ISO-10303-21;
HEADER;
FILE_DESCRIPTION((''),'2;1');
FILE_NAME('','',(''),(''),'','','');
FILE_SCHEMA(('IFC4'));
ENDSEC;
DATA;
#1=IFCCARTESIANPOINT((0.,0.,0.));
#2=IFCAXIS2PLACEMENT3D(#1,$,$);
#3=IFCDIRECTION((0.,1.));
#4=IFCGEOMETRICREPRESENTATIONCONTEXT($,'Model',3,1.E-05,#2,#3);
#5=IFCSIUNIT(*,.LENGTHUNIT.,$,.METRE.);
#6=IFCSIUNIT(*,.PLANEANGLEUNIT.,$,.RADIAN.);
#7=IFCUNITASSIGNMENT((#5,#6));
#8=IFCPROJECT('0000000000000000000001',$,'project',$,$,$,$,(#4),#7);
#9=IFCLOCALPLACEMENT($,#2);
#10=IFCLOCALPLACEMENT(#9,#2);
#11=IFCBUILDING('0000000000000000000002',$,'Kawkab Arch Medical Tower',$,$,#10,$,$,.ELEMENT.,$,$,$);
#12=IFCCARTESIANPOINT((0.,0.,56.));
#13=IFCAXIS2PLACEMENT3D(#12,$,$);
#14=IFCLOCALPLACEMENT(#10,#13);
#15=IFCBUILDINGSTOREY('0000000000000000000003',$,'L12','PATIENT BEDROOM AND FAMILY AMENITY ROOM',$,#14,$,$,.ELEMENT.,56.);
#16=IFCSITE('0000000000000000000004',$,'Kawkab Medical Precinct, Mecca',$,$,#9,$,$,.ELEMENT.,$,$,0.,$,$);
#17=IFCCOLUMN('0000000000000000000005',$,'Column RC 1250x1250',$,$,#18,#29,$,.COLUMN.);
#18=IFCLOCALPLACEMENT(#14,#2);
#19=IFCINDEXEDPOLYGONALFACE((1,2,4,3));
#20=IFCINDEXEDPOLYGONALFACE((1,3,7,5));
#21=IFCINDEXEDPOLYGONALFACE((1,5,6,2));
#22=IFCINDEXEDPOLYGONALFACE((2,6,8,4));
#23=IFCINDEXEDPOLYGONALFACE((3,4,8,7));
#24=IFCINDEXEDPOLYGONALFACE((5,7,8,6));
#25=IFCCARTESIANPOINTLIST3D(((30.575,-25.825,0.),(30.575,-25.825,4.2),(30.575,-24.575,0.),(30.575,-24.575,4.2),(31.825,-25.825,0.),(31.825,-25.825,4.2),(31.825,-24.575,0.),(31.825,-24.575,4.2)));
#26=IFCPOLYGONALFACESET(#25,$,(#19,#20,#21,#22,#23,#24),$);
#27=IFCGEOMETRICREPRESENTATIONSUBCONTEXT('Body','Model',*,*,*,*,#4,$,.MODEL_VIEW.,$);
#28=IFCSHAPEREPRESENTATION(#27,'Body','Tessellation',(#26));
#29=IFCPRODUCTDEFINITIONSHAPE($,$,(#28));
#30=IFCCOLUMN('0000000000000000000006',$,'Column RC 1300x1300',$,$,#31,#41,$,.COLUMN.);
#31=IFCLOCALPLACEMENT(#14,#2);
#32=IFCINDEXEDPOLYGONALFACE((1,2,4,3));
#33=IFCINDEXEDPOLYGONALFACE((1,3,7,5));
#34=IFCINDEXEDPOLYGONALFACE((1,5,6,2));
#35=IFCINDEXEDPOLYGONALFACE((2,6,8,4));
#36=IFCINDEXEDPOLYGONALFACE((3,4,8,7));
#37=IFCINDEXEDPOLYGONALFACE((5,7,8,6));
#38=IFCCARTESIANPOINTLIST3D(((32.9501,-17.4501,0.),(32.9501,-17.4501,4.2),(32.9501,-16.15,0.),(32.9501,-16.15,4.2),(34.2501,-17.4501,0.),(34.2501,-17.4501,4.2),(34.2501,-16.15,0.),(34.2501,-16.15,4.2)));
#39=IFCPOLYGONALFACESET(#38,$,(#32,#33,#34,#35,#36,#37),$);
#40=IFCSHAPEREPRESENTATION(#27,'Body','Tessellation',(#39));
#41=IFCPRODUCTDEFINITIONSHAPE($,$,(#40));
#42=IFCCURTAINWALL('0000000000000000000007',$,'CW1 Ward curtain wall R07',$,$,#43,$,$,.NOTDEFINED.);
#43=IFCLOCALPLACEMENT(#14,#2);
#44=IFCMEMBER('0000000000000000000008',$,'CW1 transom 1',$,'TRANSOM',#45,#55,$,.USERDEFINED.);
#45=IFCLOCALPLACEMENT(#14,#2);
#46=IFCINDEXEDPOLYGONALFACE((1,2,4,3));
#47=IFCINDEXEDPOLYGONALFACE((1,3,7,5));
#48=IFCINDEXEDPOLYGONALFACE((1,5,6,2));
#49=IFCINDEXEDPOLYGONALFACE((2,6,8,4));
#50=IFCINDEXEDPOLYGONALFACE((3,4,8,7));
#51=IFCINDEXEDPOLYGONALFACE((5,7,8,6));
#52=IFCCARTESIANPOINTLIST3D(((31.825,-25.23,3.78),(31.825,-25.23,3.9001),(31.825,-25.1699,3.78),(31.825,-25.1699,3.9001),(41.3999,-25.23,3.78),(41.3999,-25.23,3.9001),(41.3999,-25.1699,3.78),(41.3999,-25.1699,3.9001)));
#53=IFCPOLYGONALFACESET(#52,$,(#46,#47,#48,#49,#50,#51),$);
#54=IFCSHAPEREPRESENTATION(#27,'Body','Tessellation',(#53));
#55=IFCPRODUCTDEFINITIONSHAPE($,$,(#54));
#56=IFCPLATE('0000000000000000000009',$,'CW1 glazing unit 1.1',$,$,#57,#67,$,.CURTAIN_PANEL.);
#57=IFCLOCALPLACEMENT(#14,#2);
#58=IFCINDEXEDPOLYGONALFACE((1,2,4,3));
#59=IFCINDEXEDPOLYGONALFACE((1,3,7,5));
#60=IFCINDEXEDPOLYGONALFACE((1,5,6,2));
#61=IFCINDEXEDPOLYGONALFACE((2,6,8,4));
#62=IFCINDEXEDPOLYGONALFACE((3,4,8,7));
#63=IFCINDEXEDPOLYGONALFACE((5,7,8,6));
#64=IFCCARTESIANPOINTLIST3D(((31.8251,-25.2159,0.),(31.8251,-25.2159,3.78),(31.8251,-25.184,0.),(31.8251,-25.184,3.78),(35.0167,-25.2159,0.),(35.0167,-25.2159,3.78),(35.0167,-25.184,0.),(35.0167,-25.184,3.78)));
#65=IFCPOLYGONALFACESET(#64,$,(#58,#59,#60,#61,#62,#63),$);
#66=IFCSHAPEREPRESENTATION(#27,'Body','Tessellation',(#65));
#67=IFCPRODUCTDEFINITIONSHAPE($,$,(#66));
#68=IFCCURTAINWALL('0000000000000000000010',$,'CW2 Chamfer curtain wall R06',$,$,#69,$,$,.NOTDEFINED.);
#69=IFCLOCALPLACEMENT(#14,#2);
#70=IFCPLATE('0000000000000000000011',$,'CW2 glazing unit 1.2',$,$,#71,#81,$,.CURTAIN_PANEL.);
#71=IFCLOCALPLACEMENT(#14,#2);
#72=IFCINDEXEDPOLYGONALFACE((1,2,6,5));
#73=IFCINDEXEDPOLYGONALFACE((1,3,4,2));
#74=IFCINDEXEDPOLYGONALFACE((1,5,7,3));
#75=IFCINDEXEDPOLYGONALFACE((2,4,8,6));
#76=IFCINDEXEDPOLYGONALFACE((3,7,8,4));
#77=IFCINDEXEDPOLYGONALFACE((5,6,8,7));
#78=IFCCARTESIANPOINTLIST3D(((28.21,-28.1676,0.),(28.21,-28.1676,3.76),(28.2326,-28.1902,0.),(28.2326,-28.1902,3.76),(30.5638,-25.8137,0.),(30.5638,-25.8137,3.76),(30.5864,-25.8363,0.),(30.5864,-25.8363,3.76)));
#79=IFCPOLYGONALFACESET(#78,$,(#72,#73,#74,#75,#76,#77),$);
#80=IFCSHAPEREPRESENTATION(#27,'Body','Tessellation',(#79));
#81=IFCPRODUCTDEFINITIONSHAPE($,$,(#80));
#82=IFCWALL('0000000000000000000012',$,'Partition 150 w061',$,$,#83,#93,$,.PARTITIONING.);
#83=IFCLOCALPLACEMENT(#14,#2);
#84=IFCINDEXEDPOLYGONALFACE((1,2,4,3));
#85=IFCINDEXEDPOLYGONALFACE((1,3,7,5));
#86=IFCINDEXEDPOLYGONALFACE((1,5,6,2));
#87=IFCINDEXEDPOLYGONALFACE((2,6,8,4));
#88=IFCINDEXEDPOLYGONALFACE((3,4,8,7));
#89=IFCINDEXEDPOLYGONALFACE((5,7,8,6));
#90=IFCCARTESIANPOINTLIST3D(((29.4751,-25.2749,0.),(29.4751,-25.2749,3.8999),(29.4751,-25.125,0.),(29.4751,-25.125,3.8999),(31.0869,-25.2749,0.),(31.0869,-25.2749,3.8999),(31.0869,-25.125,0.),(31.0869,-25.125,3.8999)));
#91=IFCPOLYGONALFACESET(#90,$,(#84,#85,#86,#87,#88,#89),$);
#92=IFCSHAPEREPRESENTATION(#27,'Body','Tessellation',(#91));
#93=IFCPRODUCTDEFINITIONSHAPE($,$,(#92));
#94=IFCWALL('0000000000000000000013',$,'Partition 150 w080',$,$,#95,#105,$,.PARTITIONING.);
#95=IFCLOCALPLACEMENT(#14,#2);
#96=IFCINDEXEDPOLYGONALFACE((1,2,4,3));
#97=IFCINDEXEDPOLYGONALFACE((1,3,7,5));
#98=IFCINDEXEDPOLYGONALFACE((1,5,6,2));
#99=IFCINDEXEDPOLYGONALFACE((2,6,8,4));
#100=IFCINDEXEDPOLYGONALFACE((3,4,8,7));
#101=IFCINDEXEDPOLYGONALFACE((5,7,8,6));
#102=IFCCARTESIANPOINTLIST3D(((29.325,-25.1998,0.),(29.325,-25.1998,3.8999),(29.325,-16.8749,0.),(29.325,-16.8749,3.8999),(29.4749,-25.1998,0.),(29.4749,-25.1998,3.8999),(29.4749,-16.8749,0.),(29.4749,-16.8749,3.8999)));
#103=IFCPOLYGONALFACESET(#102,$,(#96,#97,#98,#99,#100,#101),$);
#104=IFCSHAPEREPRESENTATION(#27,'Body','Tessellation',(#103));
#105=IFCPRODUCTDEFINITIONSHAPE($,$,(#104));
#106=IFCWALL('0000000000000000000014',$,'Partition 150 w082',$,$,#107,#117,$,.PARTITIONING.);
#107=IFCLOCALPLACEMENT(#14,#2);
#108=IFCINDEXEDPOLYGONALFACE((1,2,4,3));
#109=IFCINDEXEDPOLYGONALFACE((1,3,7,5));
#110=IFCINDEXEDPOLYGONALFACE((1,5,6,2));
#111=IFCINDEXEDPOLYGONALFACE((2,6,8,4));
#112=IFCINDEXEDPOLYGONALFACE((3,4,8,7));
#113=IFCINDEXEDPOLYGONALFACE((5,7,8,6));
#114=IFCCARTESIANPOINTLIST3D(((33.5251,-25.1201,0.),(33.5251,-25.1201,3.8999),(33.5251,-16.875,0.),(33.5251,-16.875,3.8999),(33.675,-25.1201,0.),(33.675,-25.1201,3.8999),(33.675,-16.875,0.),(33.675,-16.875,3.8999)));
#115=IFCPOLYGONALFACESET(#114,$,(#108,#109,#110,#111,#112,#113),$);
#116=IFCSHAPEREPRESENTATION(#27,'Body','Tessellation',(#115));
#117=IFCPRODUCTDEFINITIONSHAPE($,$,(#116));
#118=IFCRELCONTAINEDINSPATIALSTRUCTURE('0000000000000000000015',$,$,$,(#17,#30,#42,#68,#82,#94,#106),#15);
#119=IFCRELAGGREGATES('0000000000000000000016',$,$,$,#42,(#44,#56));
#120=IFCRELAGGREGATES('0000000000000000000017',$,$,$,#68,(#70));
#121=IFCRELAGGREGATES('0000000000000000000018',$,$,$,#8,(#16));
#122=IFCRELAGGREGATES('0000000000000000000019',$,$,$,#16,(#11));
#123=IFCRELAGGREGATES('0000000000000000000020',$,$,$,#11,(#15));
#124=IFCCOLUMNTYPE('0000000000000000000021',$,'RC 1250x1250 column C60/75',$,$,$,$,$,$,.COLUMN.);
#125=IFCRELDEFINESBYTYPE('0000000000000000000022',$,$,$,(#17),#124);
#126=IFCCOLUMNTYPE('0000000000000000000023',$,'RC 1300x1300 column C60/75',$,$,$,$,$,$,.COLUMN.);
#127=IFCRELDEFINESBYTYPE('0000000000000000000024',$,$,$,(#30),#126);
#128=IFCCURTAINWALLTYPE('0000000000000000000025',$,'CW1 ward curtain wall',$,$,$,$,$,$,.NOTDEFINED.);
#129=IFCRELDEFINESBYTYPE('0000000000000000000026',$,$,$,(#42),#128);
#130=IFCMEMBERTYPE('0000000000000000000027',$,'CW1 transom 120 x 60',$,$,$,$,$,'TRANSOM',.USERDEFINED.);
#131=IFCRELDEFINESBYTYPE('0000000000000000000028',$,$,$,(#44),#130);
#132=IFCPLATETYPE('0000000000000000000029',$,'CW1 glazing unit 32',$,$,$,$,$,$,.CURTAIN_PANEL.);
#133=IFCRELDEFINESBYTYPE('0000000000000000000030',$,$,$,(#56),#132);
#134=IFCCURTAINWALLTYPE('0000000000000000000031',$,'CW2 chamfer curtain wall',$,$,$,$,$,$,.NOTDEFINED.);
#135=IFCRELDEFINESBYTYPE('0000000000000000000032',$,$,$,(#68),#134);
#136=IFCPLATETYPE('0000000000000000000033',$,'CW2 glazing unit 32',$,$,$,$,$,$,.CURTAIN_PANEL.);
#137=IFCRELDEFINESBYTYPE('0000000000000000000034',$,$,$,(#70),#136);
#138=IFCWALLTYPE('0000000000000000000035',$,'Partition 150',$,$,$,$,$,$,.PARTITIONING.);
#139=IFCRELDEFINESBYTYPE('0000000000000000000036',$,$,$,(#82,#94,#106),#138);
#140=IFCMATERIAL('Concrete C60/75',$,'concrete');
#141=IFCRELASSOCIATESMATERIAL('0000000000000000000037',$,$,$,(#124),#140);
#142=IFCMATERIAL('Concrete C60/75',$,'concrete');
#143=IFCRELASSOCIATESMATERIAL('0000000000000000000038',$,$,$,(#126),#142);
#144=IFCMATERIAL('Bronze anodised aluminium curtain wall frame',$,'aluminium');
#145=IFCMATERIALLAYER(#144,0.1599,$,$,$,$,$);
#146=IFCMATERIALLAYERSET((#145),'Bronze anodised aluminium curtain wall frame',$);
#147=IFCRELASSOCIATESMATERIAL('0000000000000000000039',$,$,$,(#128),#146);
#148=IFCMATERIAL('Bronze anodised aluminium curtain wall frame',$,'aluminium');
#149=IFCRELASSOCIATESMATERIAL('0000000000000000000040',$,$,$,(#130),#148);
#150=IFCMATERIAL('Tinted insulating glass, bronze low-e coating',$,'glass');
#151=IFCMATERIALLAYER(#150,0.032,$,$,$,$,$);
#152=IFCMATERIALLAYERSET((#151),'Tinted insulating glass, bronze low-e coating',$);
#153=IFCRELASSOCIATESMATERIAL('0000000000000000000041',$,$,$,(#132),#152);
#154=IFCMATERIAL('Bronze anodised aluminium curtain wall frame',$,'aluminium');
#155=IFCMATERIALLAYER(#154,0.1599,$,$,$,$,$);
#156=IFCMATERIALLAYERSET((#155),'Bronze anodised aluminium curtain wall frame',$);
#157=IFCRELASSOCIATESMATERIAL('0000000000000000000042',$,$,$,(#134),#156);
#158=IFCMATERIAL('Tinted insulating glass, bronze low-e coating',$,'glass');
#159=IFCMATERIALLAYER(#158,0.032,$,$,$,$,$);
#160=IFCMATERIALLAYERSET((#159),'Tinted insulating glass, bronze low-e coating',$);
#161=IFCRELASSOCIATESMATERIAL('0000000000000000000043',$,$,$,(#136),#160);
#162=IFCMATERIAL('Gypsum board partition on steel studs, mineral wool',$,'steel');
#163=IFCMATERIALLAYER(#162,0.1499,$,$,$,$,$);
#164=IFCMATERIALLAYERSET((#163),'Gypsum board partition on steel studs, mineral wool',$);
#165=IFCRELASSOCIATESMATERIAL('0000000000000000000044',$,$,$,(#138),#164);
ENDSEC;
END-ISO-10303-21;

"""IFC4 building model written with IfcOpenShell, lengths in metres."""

from ifc_helpers import new_model, si_unit, direction, frame, frame_2d, origin, origin_2d, place, context, subcontext, project, spatial, rectangle, extrude, material, layer, layer_set, material_profile, profile_set, type_object, element, aggregate, save


model = new_model("IFC4")

# Units and contexts
model_context = context("Model", 3, precision=1e-05, world=origin(), true_north=direction((0.0, 1.0)))
body_context = subcontext(model_context, "Body", "Model", "MODEL_VIEW")
ifc_project = project(units=[si_unit("LENGTHUNIT", "METRE"), si_unit("PLANEANGLEUNIT", "RADIAN")], contexts=[model_context])

# Site, building, storey
site_placement = place(None, origin())
site = spatial("IfcSite", under=ifc_project, at=site_placement, Name="Kawkab Medical Precinct, Mecca", CompositionType="ELEMENT", RefElevation=0.0)
building_placement = place(site_placement, origin())
building = spatial("IfcBuilding", under=site, at=building_placement, Name="Kawkab Arch Medical Tower", CompositionType="ELEMENT")
storey_placement = place(building_placement, frame((0.0, 0.0, 56.0)))
storey = spatial("IfcBuildingStorey", under=building, at=storey_placement, Name="L12", Description="PATIENT BEDROOM AND FAMILY AMENITY ROOM", CompositionType="ELEMENT", Elevation=56.0)

# Columns
ifc_material_1 = material(Name="Concrete C60/75", Category="concrete")
ifc_material_profile_1 = material_profile(ifc_material_1, rectangle(XDim=1.25, YDim=1.25, at=origin_2d()), Name="RC 1250x1250")
ifc_profile_set_1 = profile_set([ifc_material_profile_1], Name="Concrete C60/75")
column_type_1 = type_object("IfcColumnType", Name="RC 1250x1250 column C60/75", PredefinedType="COLUMN", material=ifc_profile_set_1)
column_1_placement = place(storey_placement, frame((31.2, -25.2, 0.0), z_axis=(0.0, 0.0, 1.0), x_axis=(1.0, 0.0, 0.0)))
element("IfcColumn", 1, at=column_1_placement, inside=storey, type_object=column_type_1, Name="Column RC 1250x1250", PredefinedType="COLUMN", context=body_context, shape_type="SweptSolid", body=[
    extrude(rectangle(XDim=1.25, YDim=1.25, at=origin_2d()), origin(), (0.0, 0.0, 1.0), 4.2),
])
ifc_material_2 = material(Name="Concrete C60/75", Category="concrete")
ifc_material_profile_2 = material_profile(ifc_material_2, rectangle(XDim=1.3, YDim=1.3, at=origin_2d()), Name="RC 1300x1300")
ifc_profile_set_2 = profile_set([ifc_material_profile_2], Name="Concrete C60/75")
column_type_2 = type_object("IfcColumnType", Name="RC 1300x1300 column C60/75", PredefinedType="COLUMN", material=ifc_profile_set_2)
column_2_placement = place(storey_placement, frame((33.6001, -16.8, 0.0), z_axis=(0.0, 0.0, 1.0), x_axis=(1.0, 0.0, 0.0)))
element("IfcColumn", 2, at=column_2_placement, inside=storey, type_object=column_type_2, Name="Column RC 1300x1300", PredefinedType="COLUMN", context=body_context, shape_type="SweptSolid", body=[
    extrude(rectangle(XDim=1.3, YDim=1.3, at=origin_2d()), origin(), (0.0, 0.0, 1.0), 4.2),
])

# Curtain wall, member, plate
ifc_material_3 = material(Name="Bronze anodised aluminium curtain wall frame", Category="aluminium")
ifc_layer_1 = layer(ifc_material_3, 0.1599)
ifc_layer_set_1 = layer_set([ifc_layer_1], Name="Bronze anodised aluminium curtain wall frame")
curtain_wall_type_1 = type_object("IfcCurtainWallType", Name="CW1 ward curtain wall", PredefinedType="NOTDEFINED", material=ifc_layer_set_1)
placement = place(storey_placement, origin())
curtain_wall_1 = element("IfcCurtainWall", 3, at=placement, inside=storey, type_object=curtain_wall_type_1, Name="CW1 Ward curtain wall R07", PredefinedType="NOTDEFINED")
ifc_material_4 = material(Name="Bronze anodised aluminium curtain wall frame", Category="aluminium")
ifc_material_profile_3 = material_profile(ifc_material_4, rectangle(XDim=0.0601, YDim=0.1201, at=origin_2d()), Name="AL 60x120")
ifc_profile_set_3 = profile_set([ifc_material_profile_3], Name="Bronze anodised aluminium curtain wall frame")
member_type = type_object("IfcMemberType", Name="CW1 transom 120 x 60", ElementType="TRANSOM", PredefinedType="USERDEFINED", material=ifc_profile_set_3)
member_placement = place(storey_placement, frame((31.825, -25.2, 3.8401), z_axis=(1.0, 0.0, 0.0), x_axis=(0.0, 1.0, 0.0)))
member = element("IfcMember", 4, at=member_placement, type_object=member_type, Name="CW1 transom 1", ObjectType="TRANSOM", PredefinedType="USERDEFINED", context=body_context, shape_type="SweptSolid", body=[
    extrude(rectangle(XDim=0.0601, YDim=0.1201, at=origin_2d()), origin(), (0.0, 0.0, 1.0), 9.575),
])
ifc_material_5 = material(Name="Tinted insulating glass, bronze low-e coating", Category="glass")
ifc_layer_2 = layer(ifc_material_5, 0.032)
ifc_layer_set_2 = layer_set([ifc_layer_2], Name="Tinted insulating glass, bronze low-e coating")
plate_type_1 = type_object("IfcPlateType", Name="CW1 glazing unit 32", PredefinedType="CURTAIN_PANEL", material=ifc_layer_set_2)
plate_1_placement = place(storey_placement, frame((33.4209, -25.2, 0.0), z_axis=(0.0, 0.0, 1.0), x_axis=(1.0, 0.0, 0.0)))
plate_1 = element("IfcPlate", 5, at=plate_1_placement, type_object=plate_type_1, Name="CW1 glazing unit 1.1", PredefinedType="CURTAIN_PANEL", context=body_context, shape_type="SweptSolid", body=[
    extrude(rectangle(XDim=3.1917, YDim=0.032, at=origin_2d()), origin(), (0.0, 0.0, 1.0), 3.78),
])
aggregate(curtain_wall_1, [member, plate_1])

# Curtain wall, plate
ifc_material_6 = material(Name="Bronze anodised aluminium curtain wall frame", Category="aluminium")
ifc_layer_3 = layer(ifc_material_6, 0.1599)
ifc_layer_set_3 = layer_set([ifc_layer_3], Name="Bronze anodised aluminium curtain wall frame")
curtain_wall_type_2 = type_object("IfcCurtainWallType", Name="CW2 chamfer curtain wall", PredefinedType="NOTDEFINED", material=ifc_layer_set_3)
curtain_wall_2 = element("IfcCurtainWall", 6, at=placement, inside=storey, type_object=curtain_wall_type_2, Name="CW2 Chamfer curtain wall R06", PredefinedType="NOTDEFINED")
ifc_material_7 = material(Name="Tinted insulating glass, bronze low-e coating", Category="glass")
ifc_layer_4 = layer(ifc_material_7, 0.032)
ifc_layer_set_4 = layer_set([ifc_layer_4], Name="Tinted insulating glass, bronze low-e coating")
plate_type_2 = type_object("IfcPlateType", Name="CW2 glazing unit 32", PredefinedType="CURTAIN_PANEL", material=ifc_layer_set_4)
plate_2_placement = place(storey_placement, frame((29.3982, -27.002, 0.0), z_axis=(0.0, 0.0, 1.0), x_axis=(0.707107, 0.707107, 0.0)))
plate_2 = element("IfcPlate", 7, at=plate_2_placement, type_object=plate_type_2, Name="CW2 glazing unit 1.2", PredefinedType="CURTAIN_PANEL", context=body_context, shape_type="SweptSolid", body=[
    extrude(rectangle(XDim=3.3289, YDim=0.032, at=origin_2d()), origin(), (0.0, 0.0, 1.0), 3.76),
])
aggregate(curtain_wall_2, [plate_2])

# Walls
ifc_material_8 = material(Name="Gypsum board partition on steel studs, mineral wool", Category="steel")
ifc_layer_5 = layer(ifc_material_8, 0.1499)
ifc_layer_set_5 = layer_set([ifc_layer_5], Name="Gypsum board partition on steel studs, mineral wool")
wall_type = type_object("IfcWallType", Name="Partition 150", PredefinedType="PARTITIONING", material=ifc_layer_set_5)
wall_1_placement = place(storey_placement, frame((29.4751, -25.2, 0.0), z_axis=(0.0, 0.0, 1.0), x_axis=(1.0, 0.0, 0.0)))
element("IfcWall", 8, at=wall_1_placement, inside=storey, type_object=wall_type, Name="Partition 150 w061", PredefinedType="PARTITIONING", context=body_context, shape_type="SweptSolid", body=[
    extrude(rectangle(XDim=1.6118, YDim=0.1499, at=frame_2d((0.8059, 0.0))), origin(), (0.0, 0.0, 1.0), 3.8999),
])
wall_2_placement = place(storey_placement, frame((29.3999, -25.2, 0.0), z_axis=(0.0, 0.0, 1.0), x_axis=(0.0, 1.0, 0.0)))
element("IfcWall", 9, at=wall_2_placement, inside=storey, type_object=wall_type, Name="Partition 150 w080", PredefinedType="PARTITIONING", context=body_context, shape_type="SweptSolid", body=[
    extrude(rectangle(XDim=8.325, YDim=0.1499, at=frame_2d((4.1626, 0.0))), origin(), (0.0, 0.0, 1.0), 3.8999),
])
wall_3_placement = place(storey_placement, frame((33.6001, -25.1201, 0.0), z_axis=(0.0, 0.0, 1.0), x_axis=(0.0, 1.0, 0.0)))
element("IfcWall", 10, at=wall_3_placement, inside=storey, type_object=wall_type, Name="Partition 150 w082", PredefinedType="PARTITIONING", context=body_context, shape_type="SweptSolid", body=[
    extrude(rectangle(XDim=8.2451, YDim=0.1499, at=frame_2d((4.1226, 0.0))), origin(), (0.0, 0.0, 1.0), 3.8999),
])

save(model, "model.ifc")
